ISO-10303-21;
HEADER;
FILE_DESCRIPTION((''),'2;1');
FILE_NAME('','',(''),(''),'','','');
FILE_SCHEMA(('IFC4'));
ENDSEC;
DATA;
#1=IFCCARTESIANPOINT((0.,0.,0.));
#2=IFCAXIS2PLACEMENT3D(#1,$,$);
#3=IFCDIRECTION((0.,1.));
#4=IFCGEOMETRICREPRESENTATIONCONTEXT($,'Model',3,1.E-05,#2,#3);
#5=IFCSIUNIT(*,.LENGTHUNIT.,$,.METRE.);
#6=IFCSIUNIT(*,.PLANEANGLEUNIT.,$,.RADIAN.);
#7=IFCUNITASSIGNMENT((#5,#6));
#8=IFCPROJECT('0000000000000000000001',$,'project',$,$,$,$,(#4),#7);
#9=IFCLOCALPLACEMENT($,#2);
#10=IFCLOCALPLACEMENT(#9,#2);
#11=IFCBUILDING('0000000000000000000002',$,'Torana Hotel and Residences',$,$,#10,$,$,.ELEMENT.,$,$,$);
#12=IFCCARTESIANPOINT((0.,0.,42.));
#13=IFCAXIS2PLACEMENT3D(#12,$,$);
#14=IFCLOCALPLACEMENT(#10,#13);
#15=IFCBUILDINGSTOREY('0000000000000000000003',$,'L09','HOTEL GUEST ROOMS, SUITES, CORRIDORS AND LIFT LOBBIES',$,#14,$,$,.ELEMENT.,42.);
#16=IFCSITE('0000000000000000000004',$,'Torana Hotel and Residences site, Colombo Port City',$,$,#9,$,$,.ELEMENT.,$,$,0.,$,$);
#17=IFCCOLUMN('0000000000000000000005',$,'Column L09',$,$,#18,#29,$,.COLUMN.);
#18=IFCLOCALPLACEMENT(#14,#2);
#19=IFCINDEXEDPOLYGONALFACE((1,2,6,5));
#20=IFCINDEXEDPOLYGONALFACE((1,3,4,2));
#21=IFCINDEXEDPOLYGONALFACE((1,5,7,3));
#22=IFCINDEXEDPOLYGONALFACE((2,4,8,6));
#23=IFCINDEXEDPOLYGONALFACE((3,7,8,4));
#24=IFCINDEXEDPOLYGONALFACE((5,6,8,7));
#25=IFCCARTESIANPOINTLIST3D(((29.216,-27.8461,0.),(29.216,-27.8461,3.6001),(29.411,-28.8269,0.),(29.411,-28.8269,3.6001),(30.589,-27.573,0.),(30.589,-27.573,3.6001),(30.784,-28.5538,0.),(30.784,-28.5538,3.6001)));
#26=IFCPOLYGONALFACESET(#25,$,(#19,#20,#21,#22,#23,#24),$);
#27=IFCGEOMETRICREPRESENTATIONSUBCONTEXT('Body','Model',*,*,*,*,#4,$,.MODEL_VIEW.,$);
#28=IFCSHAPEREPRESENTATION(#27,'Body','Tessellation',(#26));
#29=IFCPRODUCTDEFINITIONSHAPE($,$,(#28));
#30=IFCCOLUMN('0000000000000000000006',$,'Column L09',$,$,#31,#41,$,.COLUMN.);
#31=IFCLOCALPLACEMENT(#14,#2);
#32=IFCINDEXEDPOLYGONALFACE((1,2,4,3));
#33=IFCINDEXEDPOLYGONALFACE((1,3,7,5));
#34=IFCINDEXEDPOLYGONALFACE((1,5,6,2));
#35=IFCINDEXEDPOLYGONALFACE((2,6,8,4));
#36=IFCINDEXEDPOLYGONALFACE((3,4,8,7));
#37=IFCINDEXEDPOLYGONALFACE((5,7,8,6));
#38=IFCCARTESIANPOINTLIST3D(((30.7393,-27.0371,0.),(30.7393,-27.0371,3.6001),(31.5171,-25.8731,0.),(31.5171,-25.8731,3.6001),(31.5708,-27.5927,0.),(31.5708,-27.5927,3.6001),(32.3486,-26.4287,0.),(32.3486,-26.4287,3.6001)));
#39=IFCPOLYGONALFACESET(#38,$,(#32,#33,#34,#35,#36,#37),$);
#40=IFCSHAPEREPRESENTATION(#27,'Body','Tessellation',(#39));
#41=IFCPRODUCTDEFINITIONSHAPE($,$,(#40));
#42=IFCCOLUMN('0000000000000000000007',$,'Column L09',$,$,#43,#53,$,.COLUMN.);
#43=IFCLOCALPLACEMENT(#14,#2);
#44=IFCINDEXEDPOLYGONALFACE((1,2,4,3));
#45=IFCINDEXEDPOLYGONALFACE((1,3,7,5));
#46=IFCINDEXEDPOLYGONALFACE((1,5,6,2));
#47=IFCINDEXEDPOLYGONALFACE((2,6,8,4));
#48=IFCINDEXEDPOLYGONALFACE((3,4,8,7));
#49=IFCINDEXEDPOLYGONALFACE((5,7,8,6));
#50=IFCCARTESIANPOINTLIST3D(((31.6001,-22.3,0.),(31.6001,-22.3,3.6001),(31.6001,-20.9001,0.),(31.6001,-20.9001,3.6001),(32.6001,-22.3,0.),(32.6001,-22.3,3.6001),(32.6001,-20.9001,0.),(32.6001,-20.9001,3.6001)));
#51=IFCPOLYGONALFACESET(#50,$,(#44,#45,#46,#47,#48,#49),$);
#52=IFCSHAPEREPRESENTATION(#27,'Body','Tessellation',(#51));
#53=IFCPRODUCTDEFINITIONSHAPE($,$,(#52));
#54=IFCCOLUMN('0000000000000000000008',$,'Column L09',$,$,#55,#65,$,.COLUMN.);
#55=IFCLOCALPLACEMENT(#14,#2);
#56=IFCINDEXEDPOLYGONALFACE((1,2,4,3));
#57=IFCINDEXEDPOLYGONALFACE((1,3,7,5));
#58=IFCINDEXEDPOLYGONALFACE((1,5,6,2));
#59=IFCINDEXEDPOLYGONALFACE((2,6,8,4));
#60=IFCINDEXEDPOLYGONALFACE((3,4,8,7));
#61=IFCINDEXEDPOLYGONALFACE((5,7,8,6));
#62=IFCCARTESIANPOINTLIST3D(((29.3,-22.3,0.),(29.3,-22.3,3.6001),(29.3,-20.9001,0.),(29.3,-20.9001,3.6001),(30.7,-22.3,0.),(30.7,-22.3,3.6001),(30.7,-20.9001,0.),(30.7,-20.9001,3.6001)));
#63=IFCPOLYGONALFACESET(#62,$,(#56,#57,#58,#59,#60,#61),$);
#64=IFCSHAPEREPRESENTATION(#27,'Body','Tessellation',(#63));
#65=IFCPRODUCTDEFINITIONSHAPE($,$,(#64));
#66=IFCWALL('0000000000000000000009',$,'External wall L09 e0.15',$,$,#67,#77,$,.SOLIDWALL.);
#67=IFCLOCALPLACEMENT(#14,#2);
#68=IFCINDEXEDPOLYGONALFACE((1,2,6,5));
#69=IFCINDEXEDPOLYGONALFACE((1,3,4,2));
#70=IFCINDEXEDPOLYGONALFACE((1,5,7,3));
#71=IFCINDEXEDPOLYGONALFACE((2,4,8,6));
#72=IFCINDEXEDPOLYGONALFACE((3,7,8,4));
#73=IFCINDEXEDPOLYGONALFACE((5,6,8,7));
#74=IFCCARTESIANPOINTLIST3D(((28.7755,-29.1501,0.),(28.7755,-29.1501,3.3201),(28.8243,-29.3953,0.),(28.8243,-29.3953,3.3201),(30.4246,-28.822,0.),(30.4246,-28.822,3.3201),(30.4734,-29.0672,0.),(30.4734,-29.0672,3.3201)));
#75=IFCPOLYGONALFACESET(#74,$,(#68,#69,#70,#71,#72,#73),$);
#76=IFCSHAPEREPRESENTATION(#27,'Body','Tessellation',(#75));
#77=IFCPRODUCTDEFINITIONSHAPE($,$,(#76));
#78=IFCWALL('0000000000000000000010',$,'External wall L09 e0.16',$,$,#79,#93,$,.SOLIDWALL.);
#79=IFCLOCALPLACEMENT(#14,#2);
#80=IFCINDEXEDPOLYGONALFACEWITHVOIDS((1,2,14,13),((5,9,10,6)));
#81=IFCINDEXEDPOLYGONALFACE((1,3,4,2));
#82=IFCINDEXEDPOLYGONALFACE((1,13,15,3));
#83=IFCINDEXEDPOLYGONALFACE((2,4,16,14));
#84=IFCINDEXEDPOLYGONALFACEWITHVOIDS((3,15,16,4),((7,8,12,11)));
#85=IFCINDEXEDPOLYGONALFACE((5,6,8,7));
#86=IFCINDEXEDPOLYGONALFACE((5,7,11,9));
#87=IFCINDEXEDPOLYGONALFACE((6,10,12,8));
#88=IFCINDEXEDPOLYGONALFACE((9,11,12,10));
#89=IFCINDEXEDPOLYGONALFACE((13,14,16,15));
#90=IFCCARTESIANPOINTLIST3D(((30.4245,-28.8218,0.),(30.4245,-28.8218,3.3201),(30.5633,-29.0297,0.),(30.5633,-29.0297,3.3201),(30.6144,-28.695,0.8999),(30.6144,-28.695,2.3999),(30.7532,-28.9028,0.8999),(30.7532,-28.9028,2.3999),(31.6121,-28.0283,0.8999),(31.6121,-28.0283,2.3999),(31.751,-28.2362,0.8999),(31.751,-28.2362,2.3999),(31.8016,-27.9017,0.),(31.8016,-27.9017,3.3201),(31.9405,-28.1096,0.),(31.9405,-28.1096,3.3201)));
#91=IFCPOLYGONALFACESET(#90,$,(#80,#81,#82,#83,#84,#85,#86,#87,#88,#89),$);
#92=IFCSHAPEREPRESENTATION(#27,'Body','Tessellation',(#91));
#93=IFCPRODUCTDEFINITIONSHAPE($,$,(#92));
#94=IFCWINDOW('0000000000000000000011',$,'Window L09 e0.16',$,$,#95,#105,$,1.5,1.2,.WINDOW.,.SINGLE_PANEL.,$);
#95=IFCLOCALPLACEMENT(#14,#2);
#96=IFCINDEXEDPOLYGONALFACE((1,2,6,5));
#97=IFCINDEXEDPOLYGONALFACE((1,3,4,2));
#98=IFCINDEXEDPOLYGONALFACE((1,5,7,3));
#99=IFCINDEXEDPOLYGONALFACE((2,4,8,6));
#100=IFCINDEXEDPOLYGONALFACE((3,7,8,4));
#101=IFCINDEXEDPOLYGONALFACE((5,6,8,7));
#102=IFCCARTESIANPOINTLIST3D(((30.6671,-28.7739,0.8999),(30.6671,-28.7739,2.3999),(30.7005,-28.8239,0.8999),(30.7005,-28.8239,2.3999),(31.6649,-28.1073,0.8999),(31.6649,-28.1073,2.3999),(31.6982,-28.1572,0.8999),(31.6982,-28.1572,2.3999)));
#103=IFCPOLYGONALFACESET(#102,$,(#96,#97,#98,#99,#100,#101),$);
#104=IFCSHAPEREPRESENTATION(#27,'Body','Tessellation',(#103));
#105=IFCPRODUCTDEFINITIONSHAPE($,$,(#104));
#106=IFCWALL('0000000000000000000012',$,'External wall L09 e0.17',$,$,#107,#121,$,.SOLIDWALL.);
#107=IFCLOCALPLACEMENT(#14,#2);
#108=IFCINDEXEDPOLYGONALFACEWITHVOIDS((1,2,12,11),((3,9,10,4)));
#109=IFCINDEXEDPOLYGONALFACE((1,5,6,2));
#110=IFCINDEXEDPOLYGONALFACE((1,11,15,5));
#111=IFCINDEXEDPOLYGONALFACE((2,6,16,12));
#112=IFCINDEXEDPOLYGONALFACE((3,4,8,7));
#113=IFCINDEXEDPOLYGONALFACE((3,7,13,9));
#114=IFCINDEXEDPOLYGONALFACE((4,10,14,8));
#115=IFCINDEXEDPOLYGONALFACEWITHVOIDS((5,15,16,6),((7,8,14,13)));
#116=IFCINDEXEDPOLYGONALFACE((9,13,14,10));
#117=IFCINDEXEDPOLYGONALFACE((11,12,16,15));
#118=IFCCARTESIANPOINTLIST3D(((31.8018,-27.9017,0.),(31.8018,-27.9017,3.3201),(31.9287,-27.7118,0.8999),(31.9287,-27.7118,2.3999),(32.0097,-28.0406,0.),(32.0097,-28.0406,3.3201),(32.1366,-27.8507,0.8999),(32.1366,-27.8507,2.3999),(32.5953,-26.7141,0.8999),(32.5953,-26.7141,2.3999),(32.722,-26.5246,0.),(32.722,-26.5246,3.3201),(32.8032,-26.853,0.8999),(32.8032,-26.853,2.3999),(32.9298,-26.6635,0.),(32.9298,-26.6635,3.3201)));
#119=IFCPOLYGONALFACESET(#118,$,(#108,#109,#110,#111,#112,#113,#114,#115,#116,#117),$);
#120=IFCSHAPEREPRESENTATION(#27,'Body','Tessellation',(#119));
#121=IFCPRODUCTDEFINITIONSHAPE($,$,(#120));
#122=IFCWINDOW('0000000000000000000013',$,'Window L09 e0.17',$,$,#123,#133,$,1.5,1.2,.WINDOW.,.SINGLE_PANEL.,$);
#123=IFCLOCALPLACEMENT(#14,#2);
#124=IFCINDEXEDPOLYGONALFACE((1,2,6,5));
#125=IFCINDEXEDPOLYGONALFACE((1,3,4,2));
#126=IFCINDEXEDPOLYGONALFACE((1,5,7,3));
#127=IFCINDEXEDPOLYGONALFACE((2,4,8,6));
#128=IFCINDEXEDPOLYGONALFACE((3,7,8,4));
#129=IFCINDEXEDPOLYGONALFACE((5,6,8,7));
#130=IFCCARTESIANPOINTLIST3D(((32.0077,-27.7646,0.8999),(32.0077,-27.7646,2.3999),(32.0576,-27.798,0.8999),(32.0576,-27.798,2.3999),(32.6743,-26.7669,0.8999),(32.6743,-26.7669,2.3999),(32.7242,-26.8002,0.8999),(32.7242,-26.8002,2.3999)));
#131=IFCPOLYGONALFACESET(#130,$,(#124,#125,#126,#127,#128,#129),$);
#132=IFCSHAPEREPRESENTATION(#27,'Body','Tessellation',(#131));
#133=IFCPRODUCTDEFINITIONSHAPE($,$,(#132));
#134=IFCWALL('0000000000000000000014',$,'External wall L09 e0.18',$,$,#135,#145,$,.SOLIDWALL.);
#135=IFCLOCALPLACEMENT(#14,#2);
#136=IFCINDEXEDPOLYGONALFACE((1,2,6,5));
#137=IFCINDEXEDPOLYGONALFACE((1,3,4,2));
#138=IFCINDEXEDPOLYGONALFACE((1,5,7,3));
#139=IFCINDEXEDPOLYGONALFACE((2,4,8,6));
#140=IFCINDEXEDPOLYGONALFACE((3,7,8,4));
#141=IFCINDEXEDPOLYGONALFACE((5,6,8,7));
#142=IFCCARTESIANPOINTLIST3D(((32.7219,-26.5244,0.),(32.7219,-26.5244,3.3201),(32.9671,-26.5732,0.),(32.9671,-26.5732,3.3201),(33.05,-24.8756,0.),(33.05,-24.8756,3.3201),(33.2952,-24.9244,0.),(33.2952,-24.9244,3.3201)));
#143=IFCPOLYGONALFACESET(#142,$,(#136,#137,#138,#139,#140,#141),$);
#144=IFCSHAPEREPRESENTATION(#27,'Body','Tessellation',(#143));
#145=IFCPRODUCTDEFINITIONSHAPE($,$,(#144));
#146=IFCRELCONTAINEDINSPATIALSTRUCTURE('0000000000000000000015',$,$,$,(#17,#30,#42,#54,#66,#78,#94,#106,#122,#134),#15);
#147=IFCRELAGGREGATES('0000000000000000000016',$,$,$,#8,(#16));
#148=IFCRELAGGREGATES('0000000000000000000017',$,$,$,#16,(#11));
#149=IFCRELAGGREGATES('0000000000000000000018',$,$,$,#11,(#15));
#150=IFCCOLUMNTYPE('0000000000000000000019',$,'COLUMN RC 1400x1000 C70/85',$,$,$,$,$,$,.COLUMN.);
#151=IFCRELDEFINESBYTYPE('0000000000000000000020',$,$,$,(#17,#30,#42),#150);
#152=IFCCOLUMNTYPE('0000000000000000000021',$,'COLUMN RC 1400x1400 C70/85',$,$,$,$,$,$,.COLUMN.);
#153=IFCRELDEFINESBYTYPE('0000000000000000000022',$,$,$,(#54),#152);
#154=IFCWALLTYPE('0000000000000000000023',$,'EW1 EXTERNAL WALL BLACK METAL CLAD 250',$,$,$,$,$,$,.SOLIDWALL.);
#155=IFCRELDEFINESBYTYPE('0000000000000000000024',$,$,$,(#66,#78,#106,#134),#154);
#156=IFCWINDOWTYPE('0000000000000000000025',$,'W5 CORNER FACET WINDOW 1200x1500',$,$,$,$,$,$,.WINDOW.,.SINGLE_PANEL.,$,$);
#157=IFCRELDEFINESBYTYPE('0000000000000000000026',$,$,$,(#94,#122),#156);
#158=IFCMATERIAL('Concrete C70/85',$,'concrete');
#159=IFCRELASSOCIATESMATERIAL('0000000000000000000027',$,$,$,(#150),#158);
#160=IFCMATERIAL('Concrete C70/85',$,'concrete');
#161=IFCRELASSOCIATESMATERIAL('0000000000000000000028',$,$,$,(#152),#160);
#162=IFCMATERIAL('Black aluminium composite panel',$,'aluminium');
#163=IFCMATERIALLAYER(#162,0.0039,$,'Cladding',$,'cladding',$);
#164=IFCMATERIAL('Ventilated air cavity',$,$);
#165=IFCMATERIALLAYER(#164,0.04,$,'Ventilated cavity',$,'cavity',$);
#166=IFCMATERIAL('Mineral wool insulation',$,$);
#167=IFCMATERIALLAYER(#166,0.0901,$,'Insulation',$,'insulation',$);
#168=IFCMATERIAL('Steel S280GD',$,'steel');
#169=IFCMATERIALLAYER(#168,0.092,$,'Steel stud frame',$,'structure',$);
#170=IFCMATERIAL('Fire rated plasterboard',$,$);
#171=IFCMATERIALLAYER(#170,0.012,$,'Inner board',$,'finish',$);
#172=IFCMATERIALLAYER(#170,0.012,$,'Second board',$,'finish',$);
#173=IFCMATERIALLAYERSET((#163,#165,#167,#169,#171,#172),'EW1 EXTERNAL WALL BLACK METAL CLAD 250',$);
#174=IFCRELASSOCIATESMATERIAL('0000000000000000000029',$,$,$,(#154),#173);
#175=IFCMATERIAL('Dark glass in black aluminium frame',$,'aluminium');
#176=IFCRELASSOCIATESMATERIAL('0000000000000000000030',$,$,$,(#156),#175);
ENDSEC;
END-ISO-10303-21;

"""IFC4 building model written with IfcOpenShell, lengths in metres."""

from ifc_helpers import new_model, si_unit, direction, frame, frame_2d, origin, origin_2d, place, context, subcontext, project, spatial, rectangle, extrude, material, layer, layer_set, material_profile, profile_set, type_object, element, fill, save


model = new_model("IFC4")

# Units and contexts
model_context = context("Model", 3, precision=1e-05, world=origin(), true_north=direction((0.0, 1.0)))
body_context = subcontext(model_context, "Body", "Model", "MODEL_VIEW")
ifc_project = project(units=[si_unit("LENGTHUNIT", "METRE"), si_unit("PLANEANGLEUNIT", "RADIAN")], contexts=[model_context])

# Site, building, storey
site_placement = place(None, origin())
site = spatial("IfcSite", under=ifc_project, at=site_placement, Name="Torana Hotel and Residences site, Colombo Port City", CompositionType="ELEMENT", RefElevation=0.0)
building_placement = place(site_placement, origin())
building = spatial("IfcBuilding", under=site, at=building_placement, Name="Torana Hotel and Residences", CompositionType="ELEMENT")
storey_placement = place(building_placement, frame((0.0, 0.0, 42.0)))
storey = spatial("IfcBuildingStorey", under=building, at=storey_placement, Name="L09", Description="HOTEL GUEST ROOMS, SUITES, CORRIDORS AND LIFT LOBBIES", CompositionType="ELEMENT", Elevation=42.0)

# Columns
ifc_material_1 = material(Name="Concrete C70/85", Category="concrete")
ifc_material_profile_1 = material_profile(ifc_material_1, rectangle(XDim=1.3999, YDim=1.0, at=origin_2d()), Name="RC 1400x1000")
ifc_profile_set_1 = profile_set([ifc_material_profile_1], Name="Concrete C70/85")
column_type_1 = type_object("IfcColumnType", Name="COLUMN RC 1400x1000 C70/85", PredefinedType="COLUMN", material=ifc_profile_set_1)
for number, where, z_axis, x_axis, name in (
    (1, (30.0, -28.2, 0.0), (0.0, 0.0, 1.0), (0.980792, 0.195056, 0.0), "Column L09"),
    (2, (31.5439, -26.7329, 0.0), (0.0, 0.0, 1.0), (0.555585, 0.83146, 0.0), "Column L09"),
    (3, (32.1001, -21.6001, 0.0), (0.0, 0.0, 1.0), (0.0, 1.0, 0.0), "Column L09"),
):
    element("IfcColumn", number, at=place(storey_placement, frame(where, z_axis=z_axis, x_axis=x_axis)), inside=storey, type_object=column_type_1, Name=name, PredefinedType="COLUMN", context=body_context, shape_type="SweptSolid", body=[
        extrude(rectangle(XDim=1.3999, YDim=1.0, at=origin_2d()), origin(), (0.0, 0.0, 1.0), 3.6001),
    ])
ifc_material_2 = material(Name="Concrete C70/85", Category="concrete")
ifc_material_profile_2 = material_profile(ifc_material_2, rectangle(XDim=1.3999, YDim=1.3999, at=origin_2d()), Name="RC 1400x1400")
ifc_profile_set_2 = profile_set([ifc_material_profile_2], Name="Concrete C70/85")
column_type_2 = type_object("IfcColumnType", Name="COLUMN RC 1400x1400 C70/85", PredefinedType="COLUMN", material=ifc_profile_set_2)
column_placement = place(storey_placement, frame((30.0, -21.6001, 0.0), z_axis=(0.0, 0.0, 1.0), x_axis=(1.0, 0.0, 0.0)))
element("IfcColumn", 4, at=column_placement, inside=storey, type_object=column_type_2, Name="Column L09", PredefinedType="COLUMN", context=body_context, shape_type="SweptSolid", body=[
    extrude(rectangle(XDim=1.3999, YDim=1.3999, at=origin_2d()), origin(), (0.0, 0.0, 1.0), 3.6001),
])

# Wall
ifc_material_3 = material(Name="Black aluminium composite panel", Category="aluminium")
ifc_layer_1 = layer(ifc_material_3, 0.0039, Name="Cladding", Category="cladding")
ifc_material_4 = material(Name="Ventilated air cavity")
ifc_layer_2 = layer(ifc_material_4, 0.04, Name="Ventilated cavity", Category="cavity")
ifc_material_5 = material(Name="Mineral wool insulation")
ifc_layer_3 = layer(ifc_material_5, 0.0901, Name="Insulation", Category="insulation")
ifc_material_6 = material(Name="Steel S280GD", Category="steel")
ifc_layer_4 = layer(ifc_material_6, 0.092, Name="Steel stud frame", Category="structure")
ifc_material_7 = material(Name="Fire rated plasterboard")
ifc_layer_5 = layer(ifc_material_7, 0.012, Name="Inner board", Category="finish")
ifc_layer_6 = layer(ifc_material_7, 0.012, Name="Second board", Category="finish")
ifc_layer_set_1 = layer_set([ifc_layer_1, ifc_layer_2, ifc_layer_3, ifc_layer_4, ifc_layer_5, ifc_layer_6], Name="EW1 EXTERNAL WALL BLACK METAL CLAD 250")
wall_type_1 = type_object("IfcWallType", Name="EW1 EXTERNAL WALL BLACK METAL CLAD 250", PredefinedType="SOLIDWALL", material=ifc_layer_set_1)
wall_1_placement = place(storey_placement, frame((28.7998, -29.2727, 0.0), z_axis=(0.0, 0.0, 1.0), x_axis=(0.980776, 0.195139, 0.0)))
element("IfcWall", 5, at=wall_1_placement, inside=storey, type_object=wall_type_1, Name="External wall L09 e0.15", PredefinedType="SOLIDWALL", context=body_context, shape_type="SweptSolid", body=[
    extrude(rectangle(XDim=1.6814, YDim=0.25, at=frame_2d((0.8408, 0.0))), origin(), (0.0, 0.0, 1.0), 3.3201),
])

# Walls, openings, windows
wall_2_placement = place(storey_placement, frame((30.4939, -28.9258, 0.0), z_axis=(0.0, 0.0, 1.0), x_axis=(0.831483, 0.55555, 0.0)))
wall_2 = element("IfcWall", 6, at=wall_2_placement, inside=storey, type_object=wall_type_1, Name="External wall L09 e0.16", PredefinedType="SOLIDWALL", context=body_context, shape_type="SweptSolid", body=[
    extrude(rectangle(XDim=1.6562, YDim=0.25, at=frame_2d((0.8281, 0.0))), origin(), (0.0, 0.0, 1.0), 3.3201),
])
opening_1_placement = place(wall_2_placement, frame((0.2283, 0.0, 0.8999)))
opening_1 = element("IfcOpeningElement", 7, at=opening_1_placement, cuts=wall_2, PredefinedType="OPENING", context=body_context, shape_type="SweptSolid", body=[
    extrude(rectangle(XDim=1.2, YDim=1.5, at=frame_2d((0.6001, 0.75))), frame((0.0, 0.135, 0.0), z_axis=(0.0, -1.0, 0.0), x_axis=(1.0, 0.0, 0.0)), (0.0, 0.0, 1.0), 0.27),
])
ifc_material_8 = material(Name="Dark glass in black aluminium frame", Category="aluminium")
window_type_1 = type_object("IfcWindowType", Name="W5 CORNER FACET WINDOW 1200x1500", PartitioningType="SINGLE_PANEL", PredefinedType="WINDOW", material=ifc_material_8)
window_1_placement = place(opening_1_placement, origin())
window_1 = element("IfcWindow", 8, at=window_1_placement, inside=storey, type_object=window_type_1, Name="Window L09 e0.16", OverallHeight=1.5, OverallWidth=1.2, PartitioningType="SINGLE_PANEL", PredefinedType="WINDOW", context=body_context, shape_type="SweptSolid", body=[
    extrude(rectangle(XDim=1.2, YDim=1.5, at=frame_2d((0.6001, 0.75))), frame((0.0, 0.03, 0.0), z_axis=(0.0, -1.0, 0.0), x_axis=(1.0, 0.0, 0.0)), (0.0, 0.0, 1.0), 0.0601),
])
fill(opening_1, window_1)
wall_3_placement = place(storey_placement, frame((31.9058, -27.9712, 0.0), z_axis=(0.0, 0.0, 1.0), x_axis=(0.55555, 0.831483, 0.0)))
wall_3 = element("IfcWall", 9, at=wall_3_placement, inside=storey, type_object=wall_type_1, Name="External wall L09 e0.17", PredefinedType="SOLIDWALL", context=body_context, shape_type="SweptSolid", body=[
    extrude(rectangle(XDim=1.6562, YDim=0.25, at=frame_2d((0.8281, 0.0))), origin(), (0.0, 0.0, 1.0), 3.3201),
])
opening_2_placement = place(wall_3_placement, frame((0.2283, 0.0, 0.8999)))
opening_2 = element("IfcOpeningElement", 10, at=opening_2_placement, cuts=wall_3, PredefinedType="OPENING", context=body_context, shape_type="SweptSolid", body=[
    extrude(rectangle(XDim=1.2, YDim=1.5, at=frame_2d((0.6001, 0.75))), frame((0.0, 0.135, 0.0), z_axis=(0.0, -1.0, 0.0), x_axis=(1.0, 0.0, 0.0)), (0.0, 0.0, 1.0), 0.27),
])
window_2_placement = place(opening_2_placement, origin())
window_2 = element("IfcWindow", 11, at=window_2_placement, inside=storey, type_object=window_type_1, Name="Window L09 e0.17", OverallHeight=1.5, OverallWidth=1.2, PartitioningType="SINGLE_PANEL", PredefinedType="WINDOW", context=body_context, shape_type="SweptSolid", body=[
    extrude(rectangle(XDim=1.2, YDim=1.5, at=frame_2d((0.6001, 0.75))), frame((0.0, 0.03, 0.0), z_axis=(0.0, -1.0, 0.0), x_axis=(1.0, 0.0, 0.0)), (0.0, 0.0, 1.0), 0.0601),
])
fill(opening_2, window_2)

# Wall
wall_4_placement = place(storey_placement, frame((32.8445, -26.5488, 0.0), z_axis=(0.0, 0.0, 1.0), x_axis=(0.195167, 0.98077, 0.0)))
element("IfcWall", 12, at=wall_4_placement, inside=storey, type_object=wall_type_1, Name="External wall L09 e0.18", PredefinedType="SOLIDWALL", context=body_context, shape_type="SweptSolid", body=[
    extrude(rectangle(XDim=1.6812, YDim=0.25, at=frame_2d((0.8406, 0.0))), origin(), (0.0, 0.0, 1.0), 3.3201),
])

save(model, "model.ifc")
